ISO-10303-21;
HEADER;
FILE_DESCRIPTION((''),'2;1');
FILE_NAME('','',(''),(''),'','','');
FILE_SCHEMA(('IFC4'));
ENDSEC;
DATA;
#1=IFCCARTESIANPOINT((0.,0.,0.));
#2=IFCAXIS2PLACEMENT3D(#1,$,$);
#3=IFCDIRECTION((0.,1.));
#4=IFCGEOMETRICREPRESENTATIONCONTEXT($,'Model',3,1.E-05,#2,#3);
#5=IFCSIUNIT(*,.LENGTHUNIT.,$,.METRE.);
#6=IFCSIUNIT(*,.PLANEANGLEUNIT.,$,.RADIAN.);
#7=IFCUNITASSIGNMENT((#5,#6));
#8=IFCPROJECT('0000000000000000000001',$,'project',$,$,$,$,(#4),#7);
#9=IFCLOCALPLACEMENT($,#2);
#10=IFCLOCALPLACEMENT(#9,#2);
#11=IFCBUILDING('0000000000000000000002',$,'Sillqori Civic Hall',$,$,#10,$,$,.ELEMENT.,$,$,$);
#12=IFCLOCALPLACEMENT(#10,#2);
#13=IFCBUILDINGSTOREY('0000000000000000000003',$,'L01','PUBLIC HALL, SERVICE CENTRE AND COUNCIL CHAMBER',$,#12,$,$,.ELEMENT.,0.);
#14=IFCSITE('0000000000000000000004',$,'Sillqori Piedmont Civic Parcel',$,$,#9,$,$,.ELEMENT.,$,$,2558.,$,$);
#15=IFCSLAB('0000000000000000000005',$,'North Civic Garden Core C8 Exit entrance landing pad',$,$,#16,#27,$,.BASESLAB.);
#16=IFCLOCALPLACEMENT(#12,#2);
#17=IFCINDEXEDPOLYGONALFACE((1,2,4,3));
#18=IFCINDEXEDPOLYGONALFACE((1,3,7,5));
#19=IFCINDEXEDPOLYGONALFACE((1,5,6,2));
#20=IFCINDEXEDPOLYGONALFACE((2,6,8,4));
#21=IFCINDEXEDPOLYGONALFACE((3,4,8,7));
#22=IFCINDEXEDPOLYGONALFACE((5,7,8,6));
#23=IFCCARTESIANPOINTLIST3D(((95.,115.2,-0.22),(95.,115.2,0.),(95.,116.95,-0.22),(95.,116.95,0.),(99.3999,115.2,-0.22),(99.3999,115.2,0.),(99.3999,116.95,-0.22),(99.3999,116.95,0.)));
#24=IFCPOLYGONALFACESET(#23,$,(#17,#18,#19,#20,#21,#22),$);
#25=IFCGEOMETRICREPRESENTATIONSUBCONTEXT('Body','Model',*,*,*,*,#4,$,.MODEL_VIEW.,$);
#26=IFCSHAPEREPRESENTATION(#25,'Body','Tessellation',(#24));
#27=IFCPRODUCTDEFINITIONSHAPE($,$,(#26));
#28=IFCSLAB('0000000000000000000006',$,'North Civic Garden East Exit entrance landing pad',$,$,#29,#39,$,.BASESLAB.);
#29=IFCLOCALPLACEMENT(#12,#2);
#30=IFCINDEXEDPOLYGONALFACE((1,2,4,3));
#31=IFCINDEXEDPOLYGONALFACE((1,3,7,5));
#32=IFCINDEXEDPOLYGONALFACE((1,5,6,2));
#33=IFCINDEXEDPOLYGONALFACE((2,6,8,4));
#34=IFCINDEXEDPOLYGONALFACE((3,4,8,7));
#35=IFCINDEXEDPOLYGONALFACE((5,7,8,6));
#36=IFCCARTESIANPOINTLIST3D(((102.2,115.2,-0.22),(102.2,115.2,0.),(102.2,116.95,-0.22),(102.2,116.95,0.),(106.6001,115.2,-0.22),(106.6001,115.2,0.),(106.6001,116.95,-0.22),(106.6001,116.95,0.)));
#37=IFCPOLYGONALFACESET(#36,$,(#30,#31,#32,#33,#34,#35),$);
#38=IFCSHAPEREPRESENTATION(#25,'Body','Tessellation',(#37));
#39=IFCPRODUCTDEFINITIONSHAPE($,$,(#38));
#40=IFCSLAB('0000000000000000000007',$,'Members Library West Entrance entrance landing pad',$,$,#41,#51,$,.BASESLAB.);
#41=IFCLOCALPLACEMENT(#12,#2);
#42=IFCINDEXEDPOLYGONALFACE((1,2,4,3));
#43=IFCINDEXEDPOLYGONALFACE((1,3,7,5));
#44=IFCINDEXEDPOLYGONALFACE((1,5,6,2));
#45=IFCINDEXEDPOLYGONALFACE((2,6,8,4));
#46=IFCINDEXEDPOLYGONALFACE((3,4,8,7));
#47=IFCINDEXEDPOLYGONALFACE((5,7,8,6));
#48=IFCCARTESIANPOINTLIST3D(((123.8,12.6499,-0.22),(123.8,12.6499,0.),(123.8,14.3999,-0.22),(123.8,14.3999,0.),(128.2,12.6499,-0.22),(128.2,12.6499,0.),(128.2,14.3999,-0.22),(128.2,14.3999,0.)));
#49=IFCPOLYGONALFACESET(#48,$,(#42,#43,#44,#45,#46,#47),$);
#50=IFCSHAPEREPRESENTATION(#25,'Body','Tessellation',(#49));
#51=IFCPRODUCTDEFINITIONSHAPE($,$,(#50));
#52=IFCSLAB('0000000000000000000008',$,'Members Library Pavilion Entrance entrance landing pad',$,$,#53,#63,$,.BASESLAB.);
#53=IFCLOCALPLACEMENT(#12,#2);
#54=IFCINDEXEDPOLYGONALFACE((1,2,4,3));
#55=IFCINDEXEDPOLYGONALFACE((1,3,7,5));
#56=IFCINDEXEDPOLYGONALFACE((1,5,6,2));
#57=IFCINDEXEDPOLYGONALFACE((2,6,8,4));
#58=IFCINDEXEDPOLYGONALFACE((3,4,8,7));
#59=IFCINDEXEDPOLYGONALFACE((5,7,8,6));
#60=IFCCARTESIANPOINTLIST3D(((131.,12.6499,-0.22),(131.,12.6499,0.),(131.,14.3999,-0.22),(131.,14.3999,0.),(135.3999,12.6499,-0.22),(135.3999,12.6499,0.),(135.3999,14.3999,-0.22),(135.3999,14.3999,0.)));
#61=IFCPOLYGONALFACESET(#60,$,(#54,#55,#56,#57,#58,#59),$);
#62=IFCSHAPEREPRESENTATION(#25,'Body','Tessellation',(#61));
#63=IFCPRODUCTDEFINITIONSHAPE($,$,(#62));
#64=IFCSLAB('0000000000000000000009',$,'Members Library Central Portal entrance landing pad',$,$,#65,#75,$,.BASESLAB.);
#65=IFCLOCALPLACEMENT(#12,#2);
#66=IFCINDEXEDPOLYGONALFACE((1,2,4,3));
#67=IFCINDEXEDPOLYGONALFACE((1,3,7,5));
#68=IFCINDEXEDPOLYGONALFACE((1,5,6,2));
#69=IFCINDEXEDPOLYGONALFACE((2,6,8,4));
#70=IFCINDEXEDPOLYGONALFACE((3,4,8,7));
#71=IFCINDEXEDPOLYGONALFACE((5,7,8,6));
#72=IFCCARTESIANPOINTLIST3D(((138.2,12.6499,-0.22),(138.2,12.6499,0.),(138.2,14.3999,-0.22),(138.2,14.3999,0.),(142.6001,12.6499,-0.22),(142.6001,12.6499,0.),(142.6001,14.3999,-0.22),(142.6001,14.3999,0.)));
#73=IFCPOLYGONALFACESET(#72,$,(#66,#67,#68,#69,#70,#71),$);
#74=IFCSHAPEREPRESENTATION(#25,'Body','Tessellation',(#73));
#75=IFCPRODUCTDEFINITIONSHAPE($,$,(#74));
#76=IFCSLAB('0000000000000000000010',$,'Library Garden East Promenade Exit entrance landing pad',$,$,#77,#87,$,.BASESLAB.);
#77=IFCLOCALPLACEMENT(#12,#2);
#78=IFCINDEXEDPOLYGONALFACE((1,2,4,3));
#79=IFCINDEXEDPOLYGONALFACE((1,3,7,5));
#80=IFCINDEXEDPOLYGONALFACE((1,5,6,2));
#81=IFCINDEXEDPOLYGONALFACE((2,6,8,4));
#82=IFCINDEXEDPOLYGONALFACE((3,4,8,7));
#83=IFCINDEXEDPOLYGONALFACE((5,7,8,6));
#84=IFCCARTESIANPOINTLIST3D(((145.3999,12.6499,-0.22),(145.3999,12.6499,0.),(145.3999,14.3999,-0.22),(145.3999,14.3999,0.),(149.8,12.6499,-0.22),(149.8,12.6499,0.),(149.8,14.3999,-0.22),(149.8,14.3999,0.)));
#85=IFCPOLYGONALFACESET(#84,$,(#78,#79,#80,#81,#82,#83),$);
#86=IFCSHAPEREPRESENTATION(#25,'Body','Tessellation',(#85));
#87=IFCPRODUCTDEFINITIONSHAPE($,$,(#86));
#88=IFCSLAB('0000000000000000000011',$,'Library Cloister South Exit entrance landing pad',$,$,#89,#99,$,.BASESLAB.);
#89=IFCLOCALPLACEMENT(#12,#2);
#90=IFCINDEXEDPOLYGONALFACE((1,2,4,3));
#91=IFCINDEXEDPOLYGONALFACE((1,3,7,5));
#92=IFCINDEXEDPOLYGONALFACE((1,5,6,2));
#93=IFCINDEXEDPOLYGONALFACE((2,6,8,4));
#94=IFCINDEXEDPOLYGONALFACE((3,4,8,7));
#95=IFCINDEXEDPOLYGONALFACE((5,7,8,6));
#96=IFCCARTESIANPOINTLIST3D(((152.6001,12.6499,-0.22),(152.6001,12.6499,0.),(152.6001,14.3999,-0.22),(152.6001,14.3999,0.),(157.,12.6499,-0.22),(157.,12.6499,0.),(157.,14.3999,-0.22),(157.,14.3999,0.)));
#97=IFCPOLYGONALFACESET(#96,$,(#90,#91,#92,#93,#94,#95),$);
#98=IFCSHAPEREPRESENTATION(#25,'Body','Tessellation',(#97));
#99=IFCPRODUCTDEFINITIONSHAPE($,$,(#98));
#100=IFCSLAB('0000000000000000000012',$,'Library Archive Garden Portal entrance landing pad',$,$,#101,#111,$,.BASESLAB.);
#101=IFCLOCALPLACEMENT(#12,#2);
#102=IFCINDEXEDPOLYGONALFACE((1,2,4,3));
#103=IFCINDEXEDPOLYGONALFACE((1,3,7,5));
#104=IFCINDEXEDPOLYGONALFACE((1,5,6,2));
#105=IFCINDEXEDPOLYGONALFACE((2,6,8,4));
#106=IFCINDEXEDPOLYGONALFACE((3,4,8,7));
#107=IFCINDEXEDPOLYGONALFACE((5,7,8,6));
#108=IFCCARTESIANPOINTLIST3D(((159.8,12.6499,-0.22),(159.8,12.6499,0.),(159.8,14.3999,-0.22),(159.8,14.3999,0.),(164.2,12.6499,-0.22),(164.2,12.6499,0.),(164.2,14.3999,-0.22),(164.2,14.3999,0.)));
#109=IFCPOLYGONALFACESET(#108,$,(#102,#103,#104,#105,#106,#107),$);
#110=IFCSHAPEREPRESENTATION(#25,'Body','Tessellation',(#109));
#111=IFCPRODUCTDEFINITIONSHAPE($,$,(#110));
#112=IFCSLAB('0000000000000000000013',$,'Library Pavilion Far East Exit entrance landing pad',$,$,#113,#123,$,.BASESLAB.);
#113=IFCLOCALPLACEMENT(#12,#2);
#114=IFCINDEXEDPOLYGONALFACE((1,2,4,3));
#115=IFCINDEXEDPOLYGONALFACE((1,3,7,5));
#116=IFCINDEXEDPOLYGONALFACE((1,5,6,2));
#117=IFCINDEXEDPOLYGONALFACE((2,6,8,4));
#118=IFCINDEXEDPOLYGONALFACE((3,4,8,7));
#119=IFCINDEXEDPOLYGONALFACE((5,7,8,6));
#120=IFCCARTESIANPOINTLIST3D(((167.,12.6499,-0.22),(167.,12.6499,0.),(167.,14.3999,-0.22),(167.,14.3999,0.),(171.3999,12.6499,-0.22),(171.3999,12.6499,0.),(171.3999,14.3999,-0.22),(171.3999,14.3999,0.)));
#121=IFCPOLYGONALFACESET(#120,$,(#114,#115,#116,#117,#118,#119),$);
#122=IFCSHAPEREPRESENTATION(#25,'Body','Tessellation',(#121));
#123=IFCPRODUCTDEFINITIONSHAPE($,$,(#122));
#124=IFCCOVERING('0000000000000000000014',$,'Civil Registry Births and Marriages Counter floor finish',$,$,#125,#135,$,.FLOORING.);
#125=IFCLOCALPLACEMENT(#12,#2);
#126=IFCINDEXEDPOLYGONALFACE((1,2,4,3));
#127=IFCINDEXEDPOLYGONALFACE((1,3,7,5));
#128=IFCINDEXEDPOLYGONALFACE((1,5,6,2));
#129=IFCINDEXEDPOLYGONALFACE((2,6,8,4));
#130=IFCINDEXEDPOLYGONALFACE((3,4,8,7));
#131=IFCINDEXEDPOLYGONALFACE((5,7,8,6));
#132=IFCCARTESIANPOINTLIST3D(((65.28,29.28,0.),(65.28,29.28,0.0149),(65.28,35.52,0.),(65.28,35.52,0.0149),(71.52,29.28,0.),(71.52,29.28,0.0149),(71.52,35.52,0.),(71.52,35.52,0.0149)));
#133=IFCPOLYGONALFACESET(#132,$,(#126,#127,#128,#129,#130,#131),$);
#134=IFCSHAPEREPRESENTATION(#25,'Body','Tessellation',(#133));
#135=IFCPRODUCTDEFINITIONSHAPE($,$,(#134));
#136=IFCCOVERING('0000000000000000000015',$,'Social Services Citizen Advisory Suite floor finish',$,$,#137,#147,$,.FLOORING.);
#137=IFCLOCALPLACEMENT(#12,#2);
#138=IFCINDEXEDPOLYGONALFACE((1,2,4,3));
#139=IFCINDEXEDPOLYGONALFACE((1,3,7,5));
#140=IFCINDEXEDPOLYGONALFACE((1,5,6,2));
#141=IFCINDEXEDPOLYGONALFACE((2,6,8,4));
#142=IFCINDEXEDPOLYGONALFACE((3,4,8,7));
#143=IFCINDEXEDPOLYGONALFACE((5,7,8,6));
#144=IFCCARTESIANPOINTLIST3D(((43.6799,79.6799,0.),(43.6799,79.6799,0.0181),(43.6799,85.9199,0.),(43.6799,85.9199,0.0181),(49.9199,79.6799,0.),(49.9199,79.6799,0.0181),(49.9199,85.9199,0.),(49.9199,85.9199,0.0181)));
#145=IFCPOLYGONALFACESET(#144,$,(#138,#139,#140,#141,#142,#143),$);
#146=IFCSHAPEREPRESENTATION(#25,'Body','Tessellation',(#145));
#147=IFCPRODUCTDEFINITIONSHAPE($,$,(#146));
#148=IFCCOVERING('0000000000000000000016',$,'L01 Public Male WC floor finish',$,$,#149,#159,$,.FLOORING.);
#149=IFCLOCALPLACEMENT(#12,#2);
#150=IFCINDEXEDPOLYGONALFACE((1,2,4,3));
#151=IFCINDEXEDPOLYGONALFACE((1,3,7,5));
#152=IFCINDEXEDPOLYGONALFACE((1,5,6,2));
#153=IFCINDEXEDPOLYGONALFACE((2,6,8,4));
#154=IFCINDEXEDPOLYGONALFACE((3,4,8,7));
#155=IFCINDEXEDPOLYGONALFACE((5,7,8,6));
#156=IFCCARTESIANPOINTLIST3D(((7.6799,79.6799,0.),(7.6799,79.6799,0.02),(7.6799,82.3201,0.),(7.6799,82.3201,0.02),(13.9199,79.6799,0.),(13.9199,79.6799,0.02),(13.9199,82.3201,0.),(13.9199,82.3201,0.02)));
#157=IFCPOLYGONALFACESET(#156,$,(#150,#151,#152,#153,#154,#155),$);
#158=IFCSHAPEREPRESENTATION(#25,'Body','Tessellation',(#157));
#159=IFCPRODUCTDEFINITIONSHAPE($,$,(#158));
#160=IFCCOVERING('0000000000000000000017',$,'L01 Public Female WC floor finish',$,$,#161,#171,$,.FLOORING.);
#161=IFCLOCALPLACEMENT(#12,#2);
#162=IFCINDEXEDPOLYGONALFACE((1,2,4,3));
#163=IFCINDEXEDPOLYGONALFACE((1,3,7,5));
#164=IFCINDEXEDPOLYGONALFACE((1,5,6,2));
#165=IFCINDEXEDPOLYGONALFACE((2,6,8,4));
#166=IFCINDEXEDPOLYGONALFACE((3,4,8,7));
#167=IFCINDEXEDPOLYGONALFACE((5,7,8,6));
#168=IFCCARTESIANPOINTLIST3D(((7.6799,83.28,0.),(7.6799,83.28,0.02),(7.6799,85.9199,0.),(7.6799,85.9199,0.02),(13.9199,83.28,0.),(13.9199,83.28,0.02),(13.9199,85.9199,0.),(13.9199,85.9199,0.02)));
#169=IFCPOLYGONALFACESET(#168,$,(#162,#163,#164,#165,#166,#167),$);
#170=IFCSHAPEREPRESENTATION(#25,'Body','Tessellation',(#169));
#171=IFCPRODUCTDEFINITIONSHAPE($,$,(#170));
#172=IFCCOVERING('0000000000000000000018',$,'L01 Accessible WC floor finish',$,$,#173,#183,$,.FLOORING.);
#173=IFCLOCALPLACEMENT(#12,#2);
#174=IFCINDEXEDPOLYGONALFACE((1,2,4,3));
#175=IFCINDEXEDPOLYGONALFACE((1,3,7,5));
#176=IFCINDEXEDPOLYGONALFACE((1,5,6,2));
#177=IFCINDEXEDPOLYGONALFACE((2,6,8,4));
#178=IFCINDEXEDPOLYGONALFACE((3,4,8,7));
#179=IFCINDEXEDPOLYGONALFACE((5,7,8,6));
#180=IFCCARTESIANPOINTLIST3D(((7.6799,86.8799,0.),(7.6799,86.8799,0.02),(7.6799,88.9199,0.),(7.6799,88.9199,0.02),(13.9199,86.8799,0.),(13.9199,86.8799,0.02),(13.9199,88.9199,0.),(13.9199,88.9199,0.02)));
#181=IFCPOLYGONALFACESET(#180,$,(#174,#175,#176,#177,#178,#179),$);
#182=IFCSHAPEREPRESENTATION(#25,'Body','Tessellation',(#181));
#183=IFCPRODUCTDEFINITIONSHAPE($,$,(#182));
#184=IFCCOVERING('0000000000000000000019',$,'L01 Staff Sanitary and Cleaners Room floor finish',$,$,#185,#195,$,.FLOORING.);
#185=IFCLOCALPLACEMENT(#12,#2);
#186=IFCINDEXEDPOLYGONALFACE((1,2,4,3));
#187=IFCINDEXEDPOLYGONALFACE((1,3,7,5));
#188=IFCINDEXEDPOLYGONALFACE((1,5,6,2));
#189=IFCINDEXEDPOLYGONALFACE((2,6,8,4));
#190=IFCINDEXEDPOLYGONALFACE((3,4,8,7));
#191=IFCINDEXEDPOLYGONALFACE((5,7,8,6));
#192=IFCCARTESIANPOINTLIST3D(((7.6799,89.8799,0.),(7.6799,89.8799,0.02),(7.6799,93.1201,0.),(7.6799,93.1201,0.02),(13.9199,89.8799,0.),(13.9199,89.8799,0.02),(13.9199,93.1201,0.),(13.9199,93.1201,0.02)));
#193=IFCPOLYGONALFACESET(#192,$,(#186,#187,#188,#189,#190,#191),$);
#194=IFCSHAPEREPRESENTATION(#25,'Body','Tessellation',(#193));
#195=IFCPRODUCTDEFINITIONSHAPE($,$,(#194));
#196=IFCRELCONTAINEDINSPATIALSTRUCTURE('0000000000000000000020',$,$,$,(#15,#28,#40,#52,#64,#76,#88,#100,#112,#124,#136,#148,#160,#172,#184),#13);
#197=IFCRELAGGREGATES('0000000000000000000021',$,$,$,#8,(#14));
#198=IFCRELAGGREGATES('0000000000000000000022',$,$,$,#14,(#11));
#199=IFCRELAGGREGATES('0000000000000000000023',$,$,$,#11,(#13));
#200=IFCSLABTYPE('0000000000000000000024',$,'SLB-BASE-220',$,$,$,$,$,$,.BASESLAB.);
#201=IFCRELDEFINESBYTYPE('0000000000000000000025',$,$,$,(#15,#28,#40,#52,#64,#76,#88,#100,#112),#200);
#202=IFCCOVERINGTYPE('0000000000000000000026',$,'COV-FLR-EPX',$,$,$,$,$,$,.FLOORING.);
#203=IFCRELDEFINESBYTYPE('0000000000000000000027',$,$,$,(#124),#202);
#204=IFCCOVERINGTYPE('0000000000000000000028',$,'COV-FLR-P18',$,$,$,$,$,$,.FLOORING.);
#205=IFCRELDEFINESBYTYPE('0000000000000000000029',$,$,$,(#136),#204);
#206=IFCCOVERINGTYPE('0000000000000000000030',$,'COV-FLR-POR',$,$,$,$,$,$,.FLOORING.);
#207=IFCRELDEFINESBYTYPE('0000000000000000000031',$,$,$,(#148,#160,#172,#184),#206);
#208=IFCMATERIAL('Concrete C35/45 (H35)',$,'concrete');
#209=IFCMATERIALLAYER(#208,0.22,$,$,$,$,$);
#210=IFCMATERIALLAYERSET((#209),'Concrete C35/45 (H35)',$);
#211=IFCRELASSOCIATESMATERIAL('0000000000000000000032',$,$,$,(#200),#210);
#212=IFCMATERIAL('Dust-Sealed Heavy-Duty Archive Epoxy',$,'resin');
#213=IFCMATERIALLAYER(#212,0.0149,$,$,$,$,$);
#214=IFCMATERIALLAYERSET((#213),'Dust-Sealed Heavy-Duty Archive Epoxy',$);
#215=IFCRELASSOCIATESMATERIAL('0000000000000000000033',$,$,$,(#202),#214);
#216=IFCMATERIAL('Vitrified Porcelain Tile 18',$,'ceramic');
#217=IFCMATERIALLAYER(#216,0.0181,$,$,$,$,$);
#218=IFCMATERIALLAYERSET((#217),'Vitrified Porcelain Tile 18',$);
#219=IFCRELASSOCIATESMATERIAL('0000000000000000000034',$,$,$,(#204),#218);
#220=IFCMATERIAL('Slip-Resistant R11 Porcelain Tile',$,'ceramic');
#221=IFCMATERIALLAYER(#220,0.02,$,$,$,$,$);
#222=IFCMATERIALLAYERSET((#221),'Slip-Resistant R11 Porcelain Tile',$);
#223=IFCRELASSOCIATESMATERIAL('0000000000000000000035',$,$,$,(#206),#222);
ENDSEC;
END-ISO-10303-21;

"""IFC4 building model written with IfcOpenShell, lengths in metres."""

from ifc_helpers import new_model, si_unit, direction, frame, origin, place, context, subcontext, project, spatial, polyline, outline, extrude, material, layer, layer_set, type_object, element, save


model = new_model("IFC4")

# Units and contexts
model_context = context("Model", 3, precision=1e-05, world=origin(), true_north=direction((0.0, 1.0)))
body_context = subcontext(model_context, "Body", "Model", "MODEL_VIEW")
ifc_project = project(units=[si_unit("LENGTHUNIT", "METRE"), si_unit("PLANEANGLEUNIT", "RADIAN")], contexts=[model_context])

# Site, building, storey
site_placement = place(None, origin())
site = spatial("IfcSite", under=ifc_project, at=site_placement, Name="Sillqori Piedmont Civic Parcel", CompositionType="ELEMENT", RefElevation=2558.0)
building_placement = place(site_placement, origin())
building = spatial("IfcBuilding", under=site, at=building_placement, Name="Sillqori Civic Hall", CompositionType="ELEMENT")
storey_placement = place(building_placement, origin())
storey = spatial("IfcBuildingStorey", under=building, at=storey_placement, Name="L01", Description="PUBLIC HALL, SERVICE CENTRE AND COUNCIL CHAMBER", CompositionType="ELEMENT", Elevation=0.0)

# Slabs
ifc_material_1 = material(Name="Concrete C35/45 (H35)", Category="concrete")
ifc_layer_1 = layer(ifc_material_1, 0.22)
ifc_layer_set_1 = layer_set([ifc_layer_1], Name="Concrete C35/45 (H35)")
slab_type = type_object("IfcSlabType", Name="SLB-BASE-220", PredefinedType="BASESLAB", material=ifc_layer_set_1)
slab_1_placement = place(storey_placement, frame((0.0, 0.0, -0.22)))
element("IfcSlab", 1, at=slab_1_placement, inside=storey, type_object=slab_type, Name="North Civic Garden Core C8 Exit entrance landing pad", PredefinedType="BASESLAB", context=body_context, shape_type="SweptSolid", body=[
    extrude(outline(polyline([(95.0, 115.2), (99.3999, 115.2), (99.3999, 116.95), (95.0, 116.95), (95.0, 115.2)])), origin(), (0.0, 0.0, 1.0), 0.22),
])
slab_2_placement = place(storey_placement, frame((0.0, 0.0, -0.22)))
element("IfcSlab", 2, at=slab_2_placement, inside=storey, type_object=slab_type, Name="North Civic Garden East Exit entrance landing pad", PredefinedType="BASESLAB", context=body_context, shape_type="SweptSolid", body=[
    extrude(outline(polyline([(102.2, 115.2), (106.6001, 115.2), (106.6001, 116.95), (102.2, 116.95), (102.2, 115.2)])), origin(), (0.0, 0.0, 1.0), 0.22),
])
slab_3_placement = place(storey_placement, frame((0.0, 0.0, -0.22)))
element("IfcSlab", 3, at=slab_3_placement, inside=storey, type_object=slab_type, Name="Members Library West Entrance entrance landing pad", PredefinedType="BASESLAB", context=body_context, shape_type="SweptSolid", body=[
    extrude(outline(polyline([(123.8, 12.6499), (128.2, 12.6499), (128.2, 14.3999), (123.8, 14.3999), (123.8, 12.6499)])), origin(), (0.0, 0.0, 1.0), 0.22),
])
slab_4_placement = place(storey_placement, frame((0.0, 0.0, -0.22)))
element("IfcSlab", 4, at=slab_4_placement, inside=storey, type_object=slab_type, Name="Members Library Pavilion Entrance entrance landing pad", PredefinedType="BASESLAB", context=body_context, shape_type="SweptSolid", body=[
    extrude(outline(polyline([(131.0, 12.6499), (135.3999, 12.6499), (135.3999, 14.3999), (131.0, 14.3999), (131.0, 12.6499)])), origin(), (0.0, 0.0, 1.0), 0.22),
])
slab_5_placement = place(storey_placement, frame((0.0, 0.0, -0.22)))
element("IfcSlab", 5, at=slab_5_placement, inside=storey, type_object=slab_type, Name="Members Library Central Portal entrance landing pad", PredefinedType="BASESLAB", context=body_context, shape_type="SweptSolid", body=[
    extrude(outline(polyline([(138.2, 12.6499), (142.6001, 12.6499), (142.6001, 14.3999), (138.2, 14.3999), (138.2, 12.6499)])), origin(), (0.0, 0.0, 1.0), 0.22),
])
slab_6_placement = place(storey_placement, frame((0.0, 0.0, -0.22)))
element("IfcSlab", 6, at=slab_6_placement, inside=storey, type_object=slab_type, Name="Library Garden East Promenade Exit entrance landing pad", PredefinedType="BASESLAB", context=body_context, shape_type="SweptSolid", body=[
    extrude(outline(polyline([(145.3999, 12.6499), (149.8, 12.6499), (149.8, 14.3999), (145.3999, 14.3999), (145.3999, 12.6499)])), origin(), (0.0, 0.0, 1.0), 0.22),
])
slab_7_placement = place(storey_placement, frame((0.0, 0.0, -0.22)))
element("IfcSlab", 7, at=slab_7_placement, inside=storey, type_object=slab_type, Name="Library Cloister South Exit entrance landing pad", PredefinedType="BASESLAB", context=body_context, shape_type="SweptSolid", body=[
    extrude(outline(polyline([(152.6001, 12.6499), (157.0, 12.6499), (157.0, 14.3999), (152.6001, 14.3999), (152.6001, 12.6499)])), origin(), (0.0, 0.0, 1.0), 0.22),
])
slab_8_placement = place(storey_placement, frame((0.0, 0.0, -0.22)))
element("IfcSlab", 8, at=slab_8_placement, inside=storey, type_object=slab_type, Name="Library Archive Garden Portal entrance landing pad", PredefinedType="BASESLAB", context=body_context, shape_type="SweptSolid", body=[
    extrude(outline(polyline([(159.8, 12.6499), (164.2, 12.6499), (164.2, 14.3999), (159.8, 14.3999), (159.8, 12.6499)])), origin(), (0.0, 0.0, 1.0), 0.22),
])
slab_9_placement = place(storey_placement, frame((0.0, 0.0, -0.22)))
element("IfcSlab", 9, at=slab_9_placement, inside=storey, type_object=slab_type, Name="Library Pavilion Far East Exit entrance landing pad", PredefinedType="BASESLAB", context=body_context, shape_type="SweptSolid", body=[
    extrude(outline(polyline([(167.0, 12.6499), (171.3999, 12.6499), (171.3999, 14.3999), (167.0, 14.3999), (167.0, 12.6499)])), origin(), (0.0, 0.0, 1.0), 0.22),
])

# Coverings
ifc_material_2 = material(Name="Dust-Sealed Heavy-Duty Archive Epoxy", Category="resin")
ifc_layer_2 = layer(ifc_material_2, 0.0149)
ifc_layer_set_2 = layer_set([ifc_layer_2], Name="Dust-Sealed Heavy-Duty Archive Epoxy")
covering_type_1 = type_object("IfcCoveringType", Name="COV-FLR-EPX", PredefinedType="FLOORING", material=ifc_layer_set_2)
covering_1_placement = place(storey_placement, origin())
element("IfcCovering", 10, at=covering_1_placement, inside=storey, type_object=covering_type_1, Name="Civil Registry Births and Marriages Counter floor finish", PredefinedType="FLOORING", context=body_context, shape_type="SweptSolid", body=[
    extrude(outline(polyline([(65.28, 29.28), (71.52, 29.28), (71.52, 35.52), (65.28, 35.52), (65.28, 29.28)])), origin(), (0.0, 0.0, 1.0), 0.0149),
])
ifc_material_3 = material(Name="Vitrified Porcelain Tile 18", Category="ceramic")
ifc_layer_3 = layer(ifc_material_3, 0.0181)
ifc_layer_set_3 = layer_set([ifc_layer_3], Name="Vitrified Porcelain Tile 18")
covering_type_2 = type_object("IfcCoveringType", Name="COV-FLR-P18", PredefinedType="FLOORING", material=ifc_layer_set_3)
covering_2_placement = place(storey_placement, origin())
element("IfcCovering", 11, at=covering_2_placement, inside=storey, type_object=covering_type_2, Name="Social Services Citizen Advisory Suite floor finish", PredefinedType="FLOORING", context=body_context, shape_type="SweptSolid", body=[
    extrude(outline(polyline([(43.6799, 79.6799), (49.9199, 79.6799), (49.9199, 85.9199), (43.6799, 85.9199), (43.6799, 79.6799)])), origin(), (0.0, 0.0, 1.0), 0.0181),
])
ifc_material_4 = material(Name="Slip-Resistant R11 Porcelain Tile", Category="ceramic")
ifc_layer_4 = layer(ifc_material_4, 0.02)
ifc_layer_set_4 = layer_set([ifc_layer_4], Name="Slip-Resistant R11 Porcelain Tile")
covering_type_3 = type_object("IfcCoveringType", Name="COV-FLR-POR", PredefinedType="FLOORING", material=ifc_layer_set_4)
covering_3_placement = place(storey_placement, origin())
element("IfcCovering", 12, at=covering_3_placement, inside=storey, type_object=covering_type_3, Name="L01 Public Male WC floor finish", PredefinedType="FLOORING", context=body_context, shape_type="SweptSolid", body=[
    extrude(outline(polyline([(7.6799, 79.6799), (13.9199, 79.6799), (13.9199, 82.3201), (7.6799, 82.3201), (7.6799, 79.6799)])), origin(), (0.0, 0.0, 1.0), 0.02),
])
covering_4_placement = place(storey_placement, origin())
element("IfcCovering", 13, at=covering_4_placement, inside=storey, type_object=covering_type_3, Name="L01 Public Female WC floor finish", PredefinedType="FLOORING", context=body_context, shape_type="SweptSolid", body=[
    extrude(outline(polyline([(7.6799, 83.28), (13.9199, 83.28), (13.9199, 85.9199), (7.6799, 85.9199), (7.6799, 83.28)])), origin(), (0.0, 0.0, 1.0), 0.02),
])
covering_5_placement = place(storey_placement, origin())
element("IfcCovering", 14, at=covering_5_placement, inside=storey, type_object=covering_type_3, Name="L01 Accessible WC floor finish", PredefinedType="FLOORING", context=body_context, shape_type="SweptSolid", body=[
    extrude(outline(polyline([(7.6799, 86.8799), (13.9199, 86.8799), (13.9199, 88.9199), (7.6799, 88.9199), (7.6799, 86.8799)])), origin(), (0.0, 0.0, 1.0), 0.02),
])
covering_6_placement = place(storey_placement, origin())
element("IfcCovering", 15, at=covering_6_placement, inside=storey, type_object=covering_type_3, Name="L01 Staff Sanitary and Cleaners Room floor finish", PredefinedType="FLOORING", context=body_context, shape_type="SweptSolid", body=[
    extrude(outline(polyline([(7.6799, 89.8799), (13.9199, 89.8799), (13.9199, 93.1201), (7.6799, 93.1201), (7.6799, 89.8799)])), origin(), (0.0, 0.0, 1.0), 0.02),
])

save(model, "model.ifc")
